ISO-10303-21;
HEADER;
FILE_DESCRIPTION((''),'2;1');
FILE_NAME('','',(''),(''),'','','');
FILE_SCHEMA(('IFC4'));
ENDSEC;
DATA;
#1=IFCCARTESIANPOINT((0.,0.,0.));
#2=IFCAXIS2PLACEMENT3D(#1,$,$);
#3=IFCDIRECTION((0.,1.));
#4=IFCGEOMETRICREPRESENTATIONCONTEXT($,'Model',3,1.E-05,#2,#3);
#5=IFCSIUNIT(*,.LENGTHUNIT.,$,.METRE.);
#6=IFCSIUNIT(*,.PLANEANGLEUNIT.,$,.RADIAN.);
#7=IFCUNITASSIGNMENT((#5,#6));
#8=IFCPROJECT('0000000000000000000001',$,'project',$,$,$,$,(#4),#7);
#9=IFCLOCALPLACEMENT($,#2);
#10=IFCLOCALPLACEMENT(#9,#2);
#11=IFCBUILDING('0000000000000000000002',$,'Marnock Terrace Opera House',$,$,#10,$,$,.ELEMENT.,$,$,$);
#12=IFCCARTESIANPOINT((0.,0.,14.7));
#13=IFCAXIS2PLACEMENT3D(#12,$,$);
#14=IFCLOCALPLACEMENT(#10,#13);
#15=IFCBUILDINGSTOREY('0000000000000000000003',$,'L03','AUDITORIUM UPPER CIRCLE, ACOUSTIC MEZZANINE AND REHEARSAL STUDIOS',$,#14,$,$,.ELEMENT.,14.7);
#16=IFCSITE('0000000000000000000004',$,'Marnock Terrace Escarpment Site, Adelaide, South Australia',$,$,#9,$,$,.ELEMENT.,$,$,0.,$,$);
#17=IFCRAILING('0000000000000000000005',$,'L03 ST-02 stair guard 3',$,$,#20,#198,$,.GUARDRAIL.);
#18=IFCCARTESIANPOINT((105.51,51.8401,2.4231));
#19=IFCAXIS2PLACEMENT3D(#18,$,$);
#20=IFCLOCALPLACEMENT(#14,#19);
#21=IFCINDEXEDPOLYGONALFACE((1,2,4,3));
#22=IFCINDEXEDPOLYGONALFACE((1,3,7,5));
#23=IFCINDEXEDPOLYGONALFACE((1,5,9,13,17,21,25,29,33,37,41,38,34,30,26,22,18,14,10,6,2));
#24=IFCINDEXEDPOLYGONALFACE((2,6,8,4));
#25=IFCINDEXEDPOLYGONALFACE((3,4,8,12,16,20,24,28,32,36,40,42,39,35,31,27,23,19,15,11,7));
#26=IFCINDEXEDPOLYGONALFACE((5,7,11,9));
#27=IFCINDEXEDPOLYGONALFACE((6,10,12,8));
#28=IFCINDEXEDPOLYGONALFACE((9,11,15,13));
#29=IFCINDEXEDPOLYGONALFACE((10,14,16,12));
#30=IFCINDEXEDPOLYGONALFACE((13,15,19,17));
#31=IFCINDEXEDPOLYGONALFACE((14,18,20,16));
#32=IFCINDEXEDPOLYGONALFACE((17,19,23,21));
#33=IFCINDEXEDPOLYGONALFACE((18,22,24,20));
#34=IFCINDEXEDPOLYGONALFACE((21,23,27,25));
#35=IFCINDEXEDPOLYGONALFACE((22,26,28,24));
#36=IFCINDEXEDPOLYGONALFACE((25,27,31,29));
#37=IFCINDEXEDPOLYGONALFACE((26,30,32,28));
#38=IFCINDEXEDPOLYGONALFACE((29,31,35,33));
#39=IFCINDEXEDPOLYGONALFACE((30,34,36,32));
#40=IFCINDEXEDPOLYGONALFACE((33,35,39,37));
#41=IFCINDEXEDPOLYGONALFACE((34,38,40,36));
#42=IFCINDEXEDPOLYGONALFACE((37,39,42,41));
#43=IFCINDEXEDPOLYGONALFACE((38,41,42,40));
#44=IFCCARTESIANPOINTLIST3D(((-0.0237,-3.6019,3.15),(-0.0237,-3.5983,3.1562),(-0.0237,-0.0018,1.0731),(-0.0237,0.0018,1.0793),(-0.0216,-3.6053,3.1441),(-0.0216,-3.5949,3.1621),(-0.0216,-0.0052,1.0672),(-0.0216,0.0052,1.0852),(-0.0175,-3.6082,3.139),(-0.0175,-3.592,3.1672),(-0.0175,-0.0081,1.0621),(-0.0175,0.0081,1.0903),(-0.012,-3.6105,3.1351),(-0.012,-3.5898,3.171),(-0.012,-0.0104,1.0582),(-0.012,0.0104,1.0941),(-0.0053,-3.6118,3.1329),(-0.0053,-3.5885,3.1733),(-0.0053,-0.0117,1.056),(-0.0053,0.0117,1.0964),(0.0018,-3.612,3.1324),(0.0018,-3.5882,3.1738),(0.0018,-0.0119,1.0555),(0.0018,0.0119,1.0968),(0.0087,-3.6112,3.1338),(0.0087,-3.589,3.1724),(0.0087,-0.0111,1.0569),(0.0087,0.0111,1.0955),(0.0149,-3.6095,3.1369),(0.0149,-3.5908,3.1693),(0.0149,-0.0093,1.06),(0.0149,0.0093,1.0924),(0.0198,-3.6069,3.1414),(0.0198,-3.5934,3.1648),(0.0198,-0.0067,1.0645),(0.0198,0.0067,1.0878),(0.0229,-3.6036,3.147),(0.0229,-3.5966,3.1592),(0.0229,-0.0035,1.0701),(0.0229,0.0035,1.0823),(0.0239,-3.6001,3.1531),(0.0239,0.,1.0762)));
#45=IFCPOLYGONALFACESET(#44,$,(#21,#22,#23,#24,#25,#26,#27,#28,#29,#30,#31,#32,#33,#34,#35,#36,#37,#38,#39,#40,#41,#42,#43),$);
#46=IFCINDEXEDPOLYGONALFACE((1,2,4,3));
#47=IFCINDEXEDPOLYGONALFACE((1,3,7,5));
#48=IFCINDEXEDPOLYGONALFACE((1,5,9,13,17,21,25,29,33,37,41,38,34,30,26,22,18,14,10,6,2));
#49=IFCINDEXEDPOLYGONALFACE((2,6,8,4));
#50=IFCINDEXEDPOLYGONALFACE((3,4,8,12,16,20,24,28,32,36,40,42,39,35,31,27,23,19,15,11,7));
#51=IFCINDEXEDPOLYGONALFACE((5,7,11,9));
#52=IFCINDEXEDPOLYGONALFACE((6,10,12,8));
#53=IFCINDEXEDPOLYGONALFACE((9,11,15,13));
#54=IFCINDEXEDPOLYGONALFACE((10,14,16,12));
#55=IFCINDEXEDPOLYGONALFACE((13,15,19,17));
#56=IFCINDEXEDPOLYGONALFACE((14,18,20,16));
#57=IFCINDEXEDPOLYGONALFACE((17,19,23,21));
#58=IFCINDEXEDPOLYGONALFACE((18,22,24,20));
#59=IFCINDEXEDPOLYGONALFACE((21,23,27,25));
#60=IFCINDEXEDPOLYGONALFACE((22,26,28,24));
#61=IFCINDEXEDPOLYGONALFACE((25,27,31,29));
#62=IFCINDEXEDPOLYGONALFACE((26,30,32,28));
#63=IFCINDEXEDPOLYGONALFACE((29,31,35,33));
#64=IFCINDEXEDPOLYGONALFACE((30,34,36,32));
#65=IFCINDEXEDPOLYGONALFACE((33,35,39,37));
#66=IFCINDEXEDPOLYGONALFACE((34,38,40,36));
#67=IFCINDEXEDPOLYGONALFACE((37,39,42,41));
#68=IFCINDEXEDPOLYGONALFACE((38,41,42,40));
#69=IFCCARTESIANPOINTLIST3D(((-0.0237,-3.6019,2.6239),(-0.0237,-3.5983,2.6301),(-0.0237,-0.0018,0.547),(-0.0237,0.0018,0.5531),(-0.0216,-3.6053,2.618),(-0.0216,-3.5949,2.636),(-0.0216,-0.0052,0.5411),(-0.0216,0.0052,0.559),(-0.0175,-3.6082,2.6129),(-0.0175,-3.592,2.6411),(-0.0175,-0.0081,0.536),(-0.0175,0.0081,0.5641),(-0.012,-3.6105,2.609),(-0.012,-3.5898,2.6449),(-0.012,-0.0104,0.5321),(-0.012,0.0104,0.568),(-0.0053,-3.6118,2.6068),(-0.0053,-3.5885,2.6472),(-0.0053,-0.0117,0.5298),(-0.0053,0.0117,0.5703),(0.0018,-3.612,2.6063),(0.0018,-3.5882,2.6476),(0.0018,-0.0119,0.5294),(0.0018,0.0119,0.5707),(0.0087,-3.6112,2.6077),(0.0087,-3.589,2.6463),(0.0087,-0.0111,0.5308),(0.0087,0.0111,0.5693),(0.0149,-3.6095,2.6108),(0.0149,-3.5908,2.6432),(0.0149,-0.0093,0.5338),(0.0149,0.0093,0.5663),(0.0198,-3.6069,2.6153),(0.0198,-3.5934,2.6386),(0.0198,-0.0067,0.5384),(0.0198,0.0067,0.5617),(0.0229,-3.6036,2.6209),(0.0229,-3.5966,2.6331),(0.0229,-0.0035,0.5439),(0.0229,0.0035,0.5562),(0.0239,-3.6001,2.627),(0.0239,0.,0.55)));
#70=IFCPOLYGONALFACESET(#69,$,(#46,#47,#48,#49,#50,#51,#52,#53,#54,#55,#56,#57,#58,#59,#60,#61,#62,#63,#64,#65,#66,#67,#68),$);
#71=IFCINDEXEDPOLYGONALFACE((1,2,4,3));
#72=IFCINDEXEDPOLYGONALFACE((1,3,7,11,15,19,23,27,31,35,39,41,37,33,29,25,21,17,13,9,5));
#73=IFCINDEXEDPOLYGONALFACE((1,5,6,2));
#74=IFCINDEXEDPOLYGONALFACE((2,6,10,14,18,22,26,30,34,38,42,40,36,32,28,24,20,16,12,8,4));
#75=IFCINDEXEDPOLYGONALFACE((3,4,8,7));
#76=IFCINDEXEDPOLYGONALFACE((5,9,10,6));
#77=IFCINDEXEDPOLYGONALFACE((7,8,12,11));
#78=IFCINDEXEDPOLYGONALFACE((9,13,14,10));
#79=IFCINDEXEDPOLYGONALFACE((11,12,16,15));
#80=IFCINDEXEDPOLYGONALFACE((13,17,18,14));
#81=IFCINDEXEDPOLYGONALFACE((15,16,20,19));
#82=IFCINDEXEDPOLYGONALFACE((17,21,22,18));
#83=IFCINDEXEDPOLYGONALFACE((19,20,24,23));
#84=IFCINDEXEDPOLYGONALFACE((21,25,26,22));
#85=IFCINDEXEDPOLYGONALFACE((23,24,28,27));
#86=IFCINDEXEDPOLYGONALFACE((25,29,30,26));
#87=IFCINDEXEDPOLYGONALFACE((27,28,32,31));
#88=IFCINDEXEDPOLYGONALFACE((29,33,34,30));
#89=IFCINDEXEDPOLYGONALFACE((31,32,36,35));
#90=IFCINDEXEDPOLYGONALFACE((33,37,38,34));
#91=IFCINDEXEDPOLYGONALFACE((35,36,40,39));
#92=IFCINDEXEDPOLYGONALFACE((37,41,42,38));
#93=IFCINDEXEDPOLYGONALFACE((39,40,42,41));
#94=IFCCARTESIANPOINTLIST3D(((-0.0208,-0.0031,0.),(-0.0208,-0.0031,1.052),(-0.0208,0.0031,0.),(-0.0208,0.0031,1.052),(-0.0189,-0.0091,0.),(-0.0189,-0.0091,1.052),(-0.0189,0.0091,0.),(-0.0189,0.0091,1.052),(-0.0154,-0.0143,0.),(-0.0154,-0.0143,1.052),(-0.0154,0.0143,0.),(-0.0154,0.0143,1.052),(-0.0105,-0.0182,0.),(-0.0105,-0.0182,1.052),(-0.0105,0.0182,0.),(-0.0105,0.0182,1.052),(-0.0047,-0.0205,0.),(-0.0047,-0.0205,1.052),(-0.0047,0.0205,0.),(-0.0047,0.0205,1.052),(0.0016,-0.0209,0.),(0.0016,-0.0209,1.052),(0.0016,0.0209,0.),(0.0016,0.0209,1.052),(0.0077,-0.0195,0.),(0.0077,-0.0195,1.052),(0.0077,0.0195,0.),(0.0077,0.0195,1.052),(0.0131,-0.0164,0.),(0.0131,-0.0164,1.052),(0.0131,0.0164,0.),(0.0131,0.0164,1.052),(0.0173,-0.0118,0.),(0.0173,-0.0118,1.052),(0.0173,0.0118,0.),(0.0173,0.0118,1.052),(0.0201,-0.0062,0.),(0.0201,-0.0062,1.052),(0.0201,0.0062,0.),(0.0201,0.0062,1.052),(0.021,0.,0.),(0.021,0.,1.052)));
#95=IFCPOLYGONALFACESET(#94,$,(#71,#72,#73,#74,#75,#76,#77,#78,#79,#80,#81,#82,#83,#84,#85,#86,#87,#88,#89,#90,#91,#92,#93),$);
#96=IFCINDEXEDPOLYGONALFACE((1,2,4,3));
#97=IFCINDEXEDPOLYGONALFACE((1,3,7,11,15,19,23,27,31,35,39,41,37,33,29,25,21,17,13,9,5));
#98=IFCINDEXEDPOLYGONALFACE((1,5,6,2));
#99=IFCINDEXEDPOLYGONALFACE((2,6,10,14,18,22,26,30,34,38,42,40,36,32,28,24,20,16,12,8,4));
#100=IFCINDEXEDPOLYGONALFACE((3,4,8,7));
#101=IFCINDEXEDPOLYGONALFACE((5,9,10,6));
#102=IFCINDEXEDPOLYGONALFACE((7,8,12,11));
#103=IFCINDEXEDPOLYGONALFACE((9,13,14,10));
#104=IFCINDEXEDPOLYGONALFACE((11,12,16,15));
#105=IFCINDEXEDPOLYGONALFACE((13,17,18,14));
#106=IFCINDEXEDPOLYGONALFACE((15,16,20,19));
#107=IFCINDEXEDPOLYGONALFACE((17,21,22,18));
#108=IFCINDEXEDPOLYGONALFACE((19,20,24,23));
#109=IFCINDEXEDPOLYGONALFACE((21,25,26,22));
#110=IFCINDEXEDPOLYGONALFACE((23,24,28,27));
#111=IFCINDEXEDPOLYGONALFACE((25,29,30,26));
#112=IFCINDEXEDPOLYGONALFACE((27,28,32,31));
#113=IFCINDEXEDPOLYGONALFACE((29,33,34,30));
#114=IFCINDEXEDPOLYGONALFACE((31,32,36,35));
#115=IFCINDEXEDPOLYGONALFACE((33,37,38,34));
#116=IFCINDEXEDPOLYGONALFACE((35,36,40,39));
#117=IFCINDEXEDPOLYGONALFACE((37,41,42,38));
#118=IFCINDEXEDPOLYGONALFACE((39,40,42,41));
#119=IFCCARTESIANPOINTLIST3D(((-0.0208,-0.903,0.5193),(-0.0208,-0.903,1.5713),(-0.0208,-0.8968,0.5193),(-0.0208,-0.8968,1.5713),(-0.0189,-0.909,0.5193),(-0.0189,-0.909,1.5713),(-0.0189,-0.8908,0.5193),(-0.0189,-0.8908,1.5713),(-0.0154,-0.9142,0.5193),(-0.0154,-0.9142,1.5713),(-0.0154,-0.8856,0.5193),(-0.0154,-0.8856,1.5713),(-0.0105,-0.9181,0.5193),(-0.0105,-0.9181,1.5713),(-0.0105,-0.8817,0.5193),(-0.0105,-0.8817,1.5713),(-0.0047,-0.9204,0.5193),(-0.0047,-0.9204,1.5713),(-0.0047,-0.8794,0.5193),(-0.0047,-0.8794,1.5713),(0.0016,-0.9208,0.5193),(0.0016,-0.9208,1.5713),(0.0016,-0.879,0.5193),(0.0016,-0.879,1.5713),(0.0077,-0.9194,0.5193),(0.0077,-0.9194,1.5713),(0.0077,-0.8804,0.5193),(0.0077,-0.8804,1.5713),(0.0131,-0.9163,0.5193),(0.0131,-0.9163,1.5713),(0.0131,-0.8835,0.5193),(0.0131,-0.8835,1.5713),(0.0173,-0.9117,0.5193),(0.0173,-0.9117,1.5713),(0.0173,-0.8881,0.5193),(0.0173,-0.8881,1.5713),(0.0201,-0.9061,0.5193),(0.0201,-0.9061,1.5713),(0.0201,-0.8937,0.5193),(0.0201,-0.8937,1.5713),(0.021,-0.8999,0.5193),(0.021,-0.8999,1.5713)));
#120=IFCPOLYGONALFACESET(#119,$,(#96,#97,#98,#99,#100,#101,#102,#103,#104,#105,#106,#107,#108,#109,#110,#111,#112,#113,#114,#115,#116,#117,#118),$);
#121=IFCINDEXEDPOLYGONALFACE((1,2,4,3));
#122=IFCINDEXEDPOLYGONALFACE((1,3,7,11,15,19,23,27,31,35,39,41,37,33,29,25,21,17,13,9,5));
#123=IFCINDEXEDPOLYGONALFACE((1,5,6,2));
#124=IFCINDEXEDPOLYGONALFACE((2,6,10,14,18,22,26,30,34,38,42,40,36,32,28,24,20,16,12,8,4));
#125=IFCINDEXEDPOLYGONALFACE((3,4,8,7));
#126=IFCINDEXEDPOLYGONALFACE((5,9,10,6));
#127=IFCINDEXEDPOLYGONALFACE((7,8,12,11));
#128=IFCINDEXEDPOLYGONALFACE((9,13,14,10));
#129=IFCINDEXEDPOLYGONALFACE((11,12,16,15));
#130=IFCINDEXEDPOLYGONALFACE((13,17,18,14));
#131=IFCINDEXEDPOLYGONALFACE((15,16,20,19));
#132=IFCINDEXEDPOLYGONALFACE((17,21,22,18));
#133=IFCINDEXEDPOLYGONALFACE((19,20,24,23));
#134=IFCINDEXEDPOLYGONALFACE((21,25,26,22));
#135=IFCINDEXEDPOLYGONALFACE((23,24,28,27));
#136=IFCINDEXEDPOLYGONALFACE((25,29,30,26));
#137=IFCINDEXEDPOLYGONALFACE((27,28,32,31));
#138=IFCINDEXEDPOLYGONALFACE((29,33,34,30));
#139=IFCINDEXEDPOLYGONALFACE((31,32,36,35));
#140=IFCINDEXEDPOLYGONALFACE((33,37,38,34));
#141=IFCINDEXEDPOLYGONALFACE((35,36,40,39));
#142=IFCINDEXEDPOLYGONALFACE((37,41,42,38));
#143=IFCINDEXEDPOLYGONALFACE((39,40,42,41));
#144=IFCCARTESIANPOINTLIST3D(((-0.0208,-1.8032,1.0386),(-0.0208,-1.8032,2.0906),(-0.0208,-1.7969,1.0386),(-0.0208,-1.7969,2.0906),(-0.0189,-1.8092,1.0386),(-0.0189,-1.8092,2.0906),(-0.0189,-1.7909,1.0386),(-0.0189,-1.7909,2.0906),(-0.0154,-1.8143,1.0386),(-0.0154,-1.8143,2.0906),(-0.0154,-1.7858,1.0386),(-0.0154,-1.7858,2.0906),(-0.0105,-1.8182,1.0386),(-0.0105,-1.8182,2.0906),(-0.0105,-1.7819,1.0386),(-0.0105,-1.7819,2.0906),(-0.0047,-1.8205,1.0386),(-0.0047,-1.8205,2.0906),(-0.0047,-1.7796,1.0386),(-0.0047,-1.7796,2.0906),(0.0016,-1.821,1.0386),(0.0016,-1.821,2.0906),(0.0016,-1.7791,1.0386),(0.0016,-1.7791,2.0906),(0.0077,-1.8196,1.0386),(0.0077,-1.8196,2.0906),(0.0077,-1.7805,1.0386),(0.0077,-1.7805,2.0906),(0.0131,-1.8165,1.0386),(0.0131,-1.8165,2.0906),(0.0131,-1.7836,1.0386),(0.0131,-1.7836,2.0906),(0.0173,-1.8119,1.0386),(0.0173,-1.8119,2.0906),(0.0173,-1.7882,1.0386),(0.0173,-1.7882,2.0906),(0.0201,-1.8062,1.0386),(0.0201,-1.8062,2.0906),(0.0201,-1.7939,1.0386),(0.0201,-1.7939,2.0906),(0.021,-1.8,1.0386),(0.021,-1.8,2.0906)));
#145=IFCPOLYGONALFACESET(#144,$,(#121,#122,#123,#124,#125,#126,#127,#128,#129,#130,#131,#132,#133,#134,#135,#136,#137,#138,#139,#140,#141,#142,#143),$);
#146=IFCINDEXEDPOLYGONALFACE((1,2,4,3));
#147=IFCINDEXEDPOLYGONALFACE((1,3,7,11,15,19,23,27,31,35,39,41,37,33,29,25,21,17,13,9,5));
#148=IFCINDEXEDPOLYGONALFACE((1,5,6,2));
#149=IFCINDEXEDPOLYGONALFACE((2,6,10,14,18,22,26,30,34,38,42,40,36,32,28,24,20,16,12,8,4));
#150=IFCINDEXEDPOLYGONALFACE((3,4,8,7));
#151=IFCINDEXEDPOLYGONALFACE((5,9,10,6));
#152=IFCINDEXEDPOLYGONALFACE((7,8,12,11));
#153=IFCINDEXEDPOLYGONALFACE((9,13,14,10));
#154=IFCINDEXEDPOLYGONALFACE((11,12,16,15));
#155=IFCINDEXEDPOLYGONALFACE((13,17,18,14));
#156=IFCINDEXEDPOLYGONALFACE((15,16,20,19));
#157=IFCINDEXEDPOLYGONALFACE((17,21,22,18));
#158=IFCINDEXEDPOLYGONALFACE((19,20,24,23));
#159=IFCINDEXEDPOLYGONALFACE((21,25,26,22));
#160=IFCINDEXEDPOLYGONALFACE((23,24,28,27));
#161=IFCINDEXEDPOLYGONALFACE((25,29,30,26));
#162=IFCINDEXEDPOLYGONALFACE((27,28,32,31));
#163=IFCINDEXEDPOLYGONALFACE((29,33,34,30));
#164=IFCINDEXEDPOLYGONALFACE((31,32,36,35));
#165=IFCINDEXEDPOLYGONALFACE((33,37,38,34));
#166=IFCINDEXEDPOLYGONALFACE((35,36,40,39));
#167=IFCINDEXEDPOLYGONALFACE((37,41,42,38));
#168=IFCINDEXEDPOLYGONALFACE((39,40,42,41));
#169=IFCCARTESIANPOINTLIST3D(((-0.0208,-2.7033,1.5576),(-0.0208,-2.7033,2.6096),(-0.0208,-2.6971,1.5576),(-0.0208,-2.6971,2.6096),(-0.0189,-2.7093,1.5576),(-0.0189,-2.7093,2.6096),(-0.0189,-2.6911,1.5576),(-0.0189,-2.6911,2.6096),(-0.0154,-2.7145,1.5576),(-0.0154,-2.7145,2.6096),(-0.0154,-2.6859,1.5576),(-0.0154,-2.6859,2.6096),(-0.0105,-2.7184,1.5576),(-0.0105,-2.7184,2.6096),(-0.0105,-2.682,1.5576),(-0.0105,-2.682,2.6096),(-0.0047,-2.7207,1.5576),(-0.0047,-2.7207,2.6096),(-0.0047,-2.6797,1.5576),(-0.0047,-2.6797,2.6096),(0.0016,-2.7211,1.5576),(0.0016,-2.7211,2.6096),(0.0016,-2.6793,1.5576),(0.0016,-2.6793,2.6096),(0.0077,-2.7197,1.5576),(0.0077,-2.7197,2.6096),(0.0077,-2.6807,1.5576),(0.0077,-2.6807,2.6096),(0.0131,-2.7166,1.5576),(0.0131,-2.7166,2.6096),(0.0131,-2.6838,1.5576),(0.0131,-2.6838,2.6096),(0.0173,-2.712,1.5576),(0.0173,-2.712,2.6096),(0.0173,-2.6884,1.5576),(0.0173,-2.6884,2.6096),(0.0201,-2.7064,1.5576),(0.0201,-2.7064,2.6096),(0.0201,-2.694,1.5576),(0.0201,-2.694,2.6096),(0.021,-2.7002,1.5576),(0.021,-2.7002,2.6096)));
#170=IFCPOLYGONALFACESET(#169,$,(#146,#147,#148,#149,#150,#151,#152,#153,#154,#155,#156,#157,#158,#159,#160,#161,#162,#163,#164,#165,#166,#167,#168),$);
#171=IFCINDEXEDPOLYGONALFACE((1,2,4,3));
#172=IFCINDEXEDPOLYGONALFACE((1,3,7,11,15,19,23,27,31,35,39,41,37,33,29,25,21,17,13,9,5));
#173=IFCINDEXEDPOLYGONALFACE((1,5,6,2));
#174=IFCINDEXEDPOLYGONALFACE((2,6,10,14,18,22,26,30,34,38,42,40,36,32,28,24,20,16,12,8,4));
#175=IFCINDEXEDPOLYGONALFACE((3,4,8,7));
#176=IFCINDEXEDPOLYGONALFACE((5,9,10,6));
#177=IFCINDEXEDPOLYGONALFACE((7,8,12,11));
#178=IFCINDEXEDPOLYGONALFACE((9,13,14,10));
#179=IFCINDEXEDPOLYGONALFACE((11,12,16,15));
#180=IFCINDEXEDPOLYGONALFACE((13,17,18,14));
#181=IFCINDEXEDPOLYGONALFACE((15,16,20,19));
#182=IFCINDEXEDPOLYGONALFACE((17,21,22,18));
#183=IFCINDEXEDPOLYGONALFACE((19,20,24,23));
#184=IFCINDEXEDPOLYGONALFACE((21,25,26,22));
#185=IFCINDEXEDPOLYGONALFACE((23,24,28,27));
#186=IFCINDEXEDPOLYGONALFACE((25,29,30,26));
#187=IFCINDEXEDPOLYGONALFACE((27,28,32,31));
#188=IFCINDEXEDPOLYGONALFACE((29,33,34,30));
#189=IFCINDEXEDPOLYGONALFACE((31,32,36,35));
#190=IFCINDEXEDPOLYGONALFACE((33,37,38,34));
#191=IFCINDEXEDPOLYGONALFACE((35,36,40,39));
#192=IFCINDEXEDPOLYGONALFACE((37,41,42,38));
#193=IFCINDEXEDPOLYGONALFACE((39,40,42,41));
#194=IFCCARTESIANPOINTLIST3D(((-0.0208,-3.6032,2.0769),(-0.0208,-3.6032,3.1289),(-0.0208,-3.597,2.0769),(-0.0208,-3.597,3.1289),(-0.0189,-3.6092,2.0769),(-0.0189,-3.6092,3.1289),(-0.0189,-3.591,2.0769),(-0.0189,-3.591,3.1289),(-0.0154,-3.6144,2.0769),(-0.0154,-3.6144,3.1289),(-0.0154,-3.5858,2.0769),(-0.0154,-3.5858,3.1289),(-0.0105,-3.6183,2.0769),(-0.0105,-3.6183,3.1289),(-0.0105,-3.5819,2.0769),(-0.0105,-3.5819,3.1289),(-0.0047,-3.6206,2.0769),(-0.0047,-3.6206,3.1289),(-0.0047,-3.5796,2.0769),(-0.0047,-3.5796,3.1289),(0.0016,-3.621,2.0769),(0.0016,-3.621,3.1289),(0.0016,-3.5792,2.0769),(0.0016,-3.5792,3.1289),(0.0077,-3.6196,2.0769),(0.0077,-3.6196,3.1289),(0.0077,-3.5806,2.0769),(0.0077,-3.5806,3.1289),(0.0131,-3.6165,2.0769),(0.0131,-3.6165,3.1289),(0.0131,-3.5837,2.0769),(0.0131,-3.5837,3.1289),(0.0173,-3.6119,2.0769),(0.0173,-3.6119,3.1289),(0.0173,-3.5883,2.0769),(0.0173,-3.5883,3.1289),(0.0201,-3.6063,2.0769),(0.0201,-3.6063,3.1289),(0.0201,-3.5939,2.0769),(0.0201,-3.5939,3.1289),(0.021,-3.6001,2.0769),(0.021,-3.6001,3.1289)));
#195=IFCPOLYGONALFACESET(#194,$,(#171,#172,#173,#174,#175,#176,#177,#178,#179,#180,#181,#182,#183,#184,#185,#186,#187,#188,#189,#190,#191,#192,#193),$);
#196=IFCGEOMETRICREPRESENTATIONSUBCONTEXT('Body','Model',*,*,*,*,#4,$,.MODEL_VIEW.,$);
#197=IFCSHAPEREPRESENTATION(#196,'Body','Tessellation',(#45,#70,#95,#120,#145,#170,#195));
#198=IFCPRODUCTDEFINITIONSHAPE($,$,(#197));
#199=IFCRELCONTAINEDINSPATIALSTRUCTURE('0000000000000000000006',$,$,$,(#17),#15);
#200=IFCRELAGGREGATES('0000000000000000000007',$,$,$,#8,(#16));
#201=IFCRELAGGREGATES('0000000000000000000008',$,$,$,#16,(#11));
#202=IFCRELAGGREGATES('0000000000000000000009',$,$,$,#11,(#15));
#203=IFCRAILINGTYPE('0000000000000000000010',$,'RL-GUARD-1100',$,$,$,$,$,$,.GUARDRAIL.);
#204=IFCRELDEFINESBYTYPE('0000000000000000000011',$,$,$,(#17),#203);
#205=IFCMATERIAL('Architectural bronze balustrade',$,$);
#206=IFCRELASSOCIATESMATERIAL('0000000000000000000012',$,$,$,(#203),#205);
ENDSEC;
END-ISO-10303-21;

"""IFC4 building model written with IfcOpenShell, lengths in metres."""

from ifc_helpers import new_model, si_unit, direction, frame, origin, origin_2d, place, context, subcontext, project, spatial, circle, extrude, material, type_object, element, save


model = new_model("IFC4")

# Units and contexts
model_context = context("Model", 3, precision=1e-05, world=origin(), true_north=direction((0.0, 1.0)))
body_context = subcontext(model_context, "Body", "Model", "MODEL_VIEW")
ifc_project = project(units=[si_unit("LENGTHUNIT", "METRE"), si_unit("PLANEANGLEUNIT", "RADIAN")], contexts=[model_context])

# Site, building, storey
site_placement = place(None, origin())
site = spatial("IfcSite", under=ifc_project, at=site_placement, Name="Marnock Terrace Escarpment Site, Adelaide, South Australia", CompositionType="ELEMENT", RefElevation=0.0)
building_placement = place(site_placement, origin())
building = spatial("IfcBuilding", under=site, at=building_placement, Name="Marnock Terrace Opera House", CompositionType="ELEMENT")
storey_placement = place(building_placement, frame((0.0, 0.0, 14.7)))
storey = spatial("IfcBuildingStorey", under=building, at=storey_placement, Name="L03", Description="AUDITORIUM UPPER CIRCLE, ACOUSTIC MEZZANINE AND REHEARSAL STUDIOS", CompositionType="ELEMENT", Elevation=14.7)

# Railing
ifc_material_1 = material(Name="Architectural bronze balustrade")
railing_type_1 = type_object("IfcRailingType", Name="RL-GUARD-1100", PredefinedType="GUARDRAIL", material=ifc_material_1)
railing_1_placement = place(storey_placement, frame((105.51, 51.8401, 2.4231)))
element("IfcRailing", 1, at=railing_1_placement, inside=storey, type_object=railing_type_1, Name="L03 ST-02 stair guard 3", PredefinedType="GUARDRAIL", context=body_context, shape_type="SweptSolid", body=[
    extrude(circle(Radius=0.0239, at=origin_2d()), frame((0.0, 0.0, 1.0762), z_axis=(0.0, -0.866193, 0.499709), x_axis=(1.0, 0.0, 0.0)), (0.0, 0.0, 1.0), 4.1562),
    extrude(circle(Radius=0.0239, at=origin_2d()), frame((0.0, 0.0, 0.55), z_axis=(0.0, -0.866193, 0.499709), x_axis=(1.0, 0.0, 0.0)), (0.0, 0.0, 1.0), 4.1562),
    extrude(circle(Radius=0.021, at=origin_2d()), origin(), (0.0, 0.0, 1.0), 1.052),
    extrude(circle(Radius=0.021, at=origin_2d()), frame((0.0, -0.8999, 0.5193)), (0.0, 0.0, 1.0), 1.052),
    extrude(circle(Radius=0.021, at=origin_2d()), frame((0.0, -1.8, 1.0386)), (0.0, 0.0, 1.0), 1.052),
    extrude(circle(Radius=0.021, at=origin_2d()), frame((0.0, -2.7002, 1.5576)), (0.0, 0.0, 1.0), 1.052),
    extrude(circle(Radius=0.021, at=origin_2d()), frame((0.0, -3.6001, 2.0769)), (0.0, 0.0, 1.0), 1.052),
])

save(model, "model.ifc")
